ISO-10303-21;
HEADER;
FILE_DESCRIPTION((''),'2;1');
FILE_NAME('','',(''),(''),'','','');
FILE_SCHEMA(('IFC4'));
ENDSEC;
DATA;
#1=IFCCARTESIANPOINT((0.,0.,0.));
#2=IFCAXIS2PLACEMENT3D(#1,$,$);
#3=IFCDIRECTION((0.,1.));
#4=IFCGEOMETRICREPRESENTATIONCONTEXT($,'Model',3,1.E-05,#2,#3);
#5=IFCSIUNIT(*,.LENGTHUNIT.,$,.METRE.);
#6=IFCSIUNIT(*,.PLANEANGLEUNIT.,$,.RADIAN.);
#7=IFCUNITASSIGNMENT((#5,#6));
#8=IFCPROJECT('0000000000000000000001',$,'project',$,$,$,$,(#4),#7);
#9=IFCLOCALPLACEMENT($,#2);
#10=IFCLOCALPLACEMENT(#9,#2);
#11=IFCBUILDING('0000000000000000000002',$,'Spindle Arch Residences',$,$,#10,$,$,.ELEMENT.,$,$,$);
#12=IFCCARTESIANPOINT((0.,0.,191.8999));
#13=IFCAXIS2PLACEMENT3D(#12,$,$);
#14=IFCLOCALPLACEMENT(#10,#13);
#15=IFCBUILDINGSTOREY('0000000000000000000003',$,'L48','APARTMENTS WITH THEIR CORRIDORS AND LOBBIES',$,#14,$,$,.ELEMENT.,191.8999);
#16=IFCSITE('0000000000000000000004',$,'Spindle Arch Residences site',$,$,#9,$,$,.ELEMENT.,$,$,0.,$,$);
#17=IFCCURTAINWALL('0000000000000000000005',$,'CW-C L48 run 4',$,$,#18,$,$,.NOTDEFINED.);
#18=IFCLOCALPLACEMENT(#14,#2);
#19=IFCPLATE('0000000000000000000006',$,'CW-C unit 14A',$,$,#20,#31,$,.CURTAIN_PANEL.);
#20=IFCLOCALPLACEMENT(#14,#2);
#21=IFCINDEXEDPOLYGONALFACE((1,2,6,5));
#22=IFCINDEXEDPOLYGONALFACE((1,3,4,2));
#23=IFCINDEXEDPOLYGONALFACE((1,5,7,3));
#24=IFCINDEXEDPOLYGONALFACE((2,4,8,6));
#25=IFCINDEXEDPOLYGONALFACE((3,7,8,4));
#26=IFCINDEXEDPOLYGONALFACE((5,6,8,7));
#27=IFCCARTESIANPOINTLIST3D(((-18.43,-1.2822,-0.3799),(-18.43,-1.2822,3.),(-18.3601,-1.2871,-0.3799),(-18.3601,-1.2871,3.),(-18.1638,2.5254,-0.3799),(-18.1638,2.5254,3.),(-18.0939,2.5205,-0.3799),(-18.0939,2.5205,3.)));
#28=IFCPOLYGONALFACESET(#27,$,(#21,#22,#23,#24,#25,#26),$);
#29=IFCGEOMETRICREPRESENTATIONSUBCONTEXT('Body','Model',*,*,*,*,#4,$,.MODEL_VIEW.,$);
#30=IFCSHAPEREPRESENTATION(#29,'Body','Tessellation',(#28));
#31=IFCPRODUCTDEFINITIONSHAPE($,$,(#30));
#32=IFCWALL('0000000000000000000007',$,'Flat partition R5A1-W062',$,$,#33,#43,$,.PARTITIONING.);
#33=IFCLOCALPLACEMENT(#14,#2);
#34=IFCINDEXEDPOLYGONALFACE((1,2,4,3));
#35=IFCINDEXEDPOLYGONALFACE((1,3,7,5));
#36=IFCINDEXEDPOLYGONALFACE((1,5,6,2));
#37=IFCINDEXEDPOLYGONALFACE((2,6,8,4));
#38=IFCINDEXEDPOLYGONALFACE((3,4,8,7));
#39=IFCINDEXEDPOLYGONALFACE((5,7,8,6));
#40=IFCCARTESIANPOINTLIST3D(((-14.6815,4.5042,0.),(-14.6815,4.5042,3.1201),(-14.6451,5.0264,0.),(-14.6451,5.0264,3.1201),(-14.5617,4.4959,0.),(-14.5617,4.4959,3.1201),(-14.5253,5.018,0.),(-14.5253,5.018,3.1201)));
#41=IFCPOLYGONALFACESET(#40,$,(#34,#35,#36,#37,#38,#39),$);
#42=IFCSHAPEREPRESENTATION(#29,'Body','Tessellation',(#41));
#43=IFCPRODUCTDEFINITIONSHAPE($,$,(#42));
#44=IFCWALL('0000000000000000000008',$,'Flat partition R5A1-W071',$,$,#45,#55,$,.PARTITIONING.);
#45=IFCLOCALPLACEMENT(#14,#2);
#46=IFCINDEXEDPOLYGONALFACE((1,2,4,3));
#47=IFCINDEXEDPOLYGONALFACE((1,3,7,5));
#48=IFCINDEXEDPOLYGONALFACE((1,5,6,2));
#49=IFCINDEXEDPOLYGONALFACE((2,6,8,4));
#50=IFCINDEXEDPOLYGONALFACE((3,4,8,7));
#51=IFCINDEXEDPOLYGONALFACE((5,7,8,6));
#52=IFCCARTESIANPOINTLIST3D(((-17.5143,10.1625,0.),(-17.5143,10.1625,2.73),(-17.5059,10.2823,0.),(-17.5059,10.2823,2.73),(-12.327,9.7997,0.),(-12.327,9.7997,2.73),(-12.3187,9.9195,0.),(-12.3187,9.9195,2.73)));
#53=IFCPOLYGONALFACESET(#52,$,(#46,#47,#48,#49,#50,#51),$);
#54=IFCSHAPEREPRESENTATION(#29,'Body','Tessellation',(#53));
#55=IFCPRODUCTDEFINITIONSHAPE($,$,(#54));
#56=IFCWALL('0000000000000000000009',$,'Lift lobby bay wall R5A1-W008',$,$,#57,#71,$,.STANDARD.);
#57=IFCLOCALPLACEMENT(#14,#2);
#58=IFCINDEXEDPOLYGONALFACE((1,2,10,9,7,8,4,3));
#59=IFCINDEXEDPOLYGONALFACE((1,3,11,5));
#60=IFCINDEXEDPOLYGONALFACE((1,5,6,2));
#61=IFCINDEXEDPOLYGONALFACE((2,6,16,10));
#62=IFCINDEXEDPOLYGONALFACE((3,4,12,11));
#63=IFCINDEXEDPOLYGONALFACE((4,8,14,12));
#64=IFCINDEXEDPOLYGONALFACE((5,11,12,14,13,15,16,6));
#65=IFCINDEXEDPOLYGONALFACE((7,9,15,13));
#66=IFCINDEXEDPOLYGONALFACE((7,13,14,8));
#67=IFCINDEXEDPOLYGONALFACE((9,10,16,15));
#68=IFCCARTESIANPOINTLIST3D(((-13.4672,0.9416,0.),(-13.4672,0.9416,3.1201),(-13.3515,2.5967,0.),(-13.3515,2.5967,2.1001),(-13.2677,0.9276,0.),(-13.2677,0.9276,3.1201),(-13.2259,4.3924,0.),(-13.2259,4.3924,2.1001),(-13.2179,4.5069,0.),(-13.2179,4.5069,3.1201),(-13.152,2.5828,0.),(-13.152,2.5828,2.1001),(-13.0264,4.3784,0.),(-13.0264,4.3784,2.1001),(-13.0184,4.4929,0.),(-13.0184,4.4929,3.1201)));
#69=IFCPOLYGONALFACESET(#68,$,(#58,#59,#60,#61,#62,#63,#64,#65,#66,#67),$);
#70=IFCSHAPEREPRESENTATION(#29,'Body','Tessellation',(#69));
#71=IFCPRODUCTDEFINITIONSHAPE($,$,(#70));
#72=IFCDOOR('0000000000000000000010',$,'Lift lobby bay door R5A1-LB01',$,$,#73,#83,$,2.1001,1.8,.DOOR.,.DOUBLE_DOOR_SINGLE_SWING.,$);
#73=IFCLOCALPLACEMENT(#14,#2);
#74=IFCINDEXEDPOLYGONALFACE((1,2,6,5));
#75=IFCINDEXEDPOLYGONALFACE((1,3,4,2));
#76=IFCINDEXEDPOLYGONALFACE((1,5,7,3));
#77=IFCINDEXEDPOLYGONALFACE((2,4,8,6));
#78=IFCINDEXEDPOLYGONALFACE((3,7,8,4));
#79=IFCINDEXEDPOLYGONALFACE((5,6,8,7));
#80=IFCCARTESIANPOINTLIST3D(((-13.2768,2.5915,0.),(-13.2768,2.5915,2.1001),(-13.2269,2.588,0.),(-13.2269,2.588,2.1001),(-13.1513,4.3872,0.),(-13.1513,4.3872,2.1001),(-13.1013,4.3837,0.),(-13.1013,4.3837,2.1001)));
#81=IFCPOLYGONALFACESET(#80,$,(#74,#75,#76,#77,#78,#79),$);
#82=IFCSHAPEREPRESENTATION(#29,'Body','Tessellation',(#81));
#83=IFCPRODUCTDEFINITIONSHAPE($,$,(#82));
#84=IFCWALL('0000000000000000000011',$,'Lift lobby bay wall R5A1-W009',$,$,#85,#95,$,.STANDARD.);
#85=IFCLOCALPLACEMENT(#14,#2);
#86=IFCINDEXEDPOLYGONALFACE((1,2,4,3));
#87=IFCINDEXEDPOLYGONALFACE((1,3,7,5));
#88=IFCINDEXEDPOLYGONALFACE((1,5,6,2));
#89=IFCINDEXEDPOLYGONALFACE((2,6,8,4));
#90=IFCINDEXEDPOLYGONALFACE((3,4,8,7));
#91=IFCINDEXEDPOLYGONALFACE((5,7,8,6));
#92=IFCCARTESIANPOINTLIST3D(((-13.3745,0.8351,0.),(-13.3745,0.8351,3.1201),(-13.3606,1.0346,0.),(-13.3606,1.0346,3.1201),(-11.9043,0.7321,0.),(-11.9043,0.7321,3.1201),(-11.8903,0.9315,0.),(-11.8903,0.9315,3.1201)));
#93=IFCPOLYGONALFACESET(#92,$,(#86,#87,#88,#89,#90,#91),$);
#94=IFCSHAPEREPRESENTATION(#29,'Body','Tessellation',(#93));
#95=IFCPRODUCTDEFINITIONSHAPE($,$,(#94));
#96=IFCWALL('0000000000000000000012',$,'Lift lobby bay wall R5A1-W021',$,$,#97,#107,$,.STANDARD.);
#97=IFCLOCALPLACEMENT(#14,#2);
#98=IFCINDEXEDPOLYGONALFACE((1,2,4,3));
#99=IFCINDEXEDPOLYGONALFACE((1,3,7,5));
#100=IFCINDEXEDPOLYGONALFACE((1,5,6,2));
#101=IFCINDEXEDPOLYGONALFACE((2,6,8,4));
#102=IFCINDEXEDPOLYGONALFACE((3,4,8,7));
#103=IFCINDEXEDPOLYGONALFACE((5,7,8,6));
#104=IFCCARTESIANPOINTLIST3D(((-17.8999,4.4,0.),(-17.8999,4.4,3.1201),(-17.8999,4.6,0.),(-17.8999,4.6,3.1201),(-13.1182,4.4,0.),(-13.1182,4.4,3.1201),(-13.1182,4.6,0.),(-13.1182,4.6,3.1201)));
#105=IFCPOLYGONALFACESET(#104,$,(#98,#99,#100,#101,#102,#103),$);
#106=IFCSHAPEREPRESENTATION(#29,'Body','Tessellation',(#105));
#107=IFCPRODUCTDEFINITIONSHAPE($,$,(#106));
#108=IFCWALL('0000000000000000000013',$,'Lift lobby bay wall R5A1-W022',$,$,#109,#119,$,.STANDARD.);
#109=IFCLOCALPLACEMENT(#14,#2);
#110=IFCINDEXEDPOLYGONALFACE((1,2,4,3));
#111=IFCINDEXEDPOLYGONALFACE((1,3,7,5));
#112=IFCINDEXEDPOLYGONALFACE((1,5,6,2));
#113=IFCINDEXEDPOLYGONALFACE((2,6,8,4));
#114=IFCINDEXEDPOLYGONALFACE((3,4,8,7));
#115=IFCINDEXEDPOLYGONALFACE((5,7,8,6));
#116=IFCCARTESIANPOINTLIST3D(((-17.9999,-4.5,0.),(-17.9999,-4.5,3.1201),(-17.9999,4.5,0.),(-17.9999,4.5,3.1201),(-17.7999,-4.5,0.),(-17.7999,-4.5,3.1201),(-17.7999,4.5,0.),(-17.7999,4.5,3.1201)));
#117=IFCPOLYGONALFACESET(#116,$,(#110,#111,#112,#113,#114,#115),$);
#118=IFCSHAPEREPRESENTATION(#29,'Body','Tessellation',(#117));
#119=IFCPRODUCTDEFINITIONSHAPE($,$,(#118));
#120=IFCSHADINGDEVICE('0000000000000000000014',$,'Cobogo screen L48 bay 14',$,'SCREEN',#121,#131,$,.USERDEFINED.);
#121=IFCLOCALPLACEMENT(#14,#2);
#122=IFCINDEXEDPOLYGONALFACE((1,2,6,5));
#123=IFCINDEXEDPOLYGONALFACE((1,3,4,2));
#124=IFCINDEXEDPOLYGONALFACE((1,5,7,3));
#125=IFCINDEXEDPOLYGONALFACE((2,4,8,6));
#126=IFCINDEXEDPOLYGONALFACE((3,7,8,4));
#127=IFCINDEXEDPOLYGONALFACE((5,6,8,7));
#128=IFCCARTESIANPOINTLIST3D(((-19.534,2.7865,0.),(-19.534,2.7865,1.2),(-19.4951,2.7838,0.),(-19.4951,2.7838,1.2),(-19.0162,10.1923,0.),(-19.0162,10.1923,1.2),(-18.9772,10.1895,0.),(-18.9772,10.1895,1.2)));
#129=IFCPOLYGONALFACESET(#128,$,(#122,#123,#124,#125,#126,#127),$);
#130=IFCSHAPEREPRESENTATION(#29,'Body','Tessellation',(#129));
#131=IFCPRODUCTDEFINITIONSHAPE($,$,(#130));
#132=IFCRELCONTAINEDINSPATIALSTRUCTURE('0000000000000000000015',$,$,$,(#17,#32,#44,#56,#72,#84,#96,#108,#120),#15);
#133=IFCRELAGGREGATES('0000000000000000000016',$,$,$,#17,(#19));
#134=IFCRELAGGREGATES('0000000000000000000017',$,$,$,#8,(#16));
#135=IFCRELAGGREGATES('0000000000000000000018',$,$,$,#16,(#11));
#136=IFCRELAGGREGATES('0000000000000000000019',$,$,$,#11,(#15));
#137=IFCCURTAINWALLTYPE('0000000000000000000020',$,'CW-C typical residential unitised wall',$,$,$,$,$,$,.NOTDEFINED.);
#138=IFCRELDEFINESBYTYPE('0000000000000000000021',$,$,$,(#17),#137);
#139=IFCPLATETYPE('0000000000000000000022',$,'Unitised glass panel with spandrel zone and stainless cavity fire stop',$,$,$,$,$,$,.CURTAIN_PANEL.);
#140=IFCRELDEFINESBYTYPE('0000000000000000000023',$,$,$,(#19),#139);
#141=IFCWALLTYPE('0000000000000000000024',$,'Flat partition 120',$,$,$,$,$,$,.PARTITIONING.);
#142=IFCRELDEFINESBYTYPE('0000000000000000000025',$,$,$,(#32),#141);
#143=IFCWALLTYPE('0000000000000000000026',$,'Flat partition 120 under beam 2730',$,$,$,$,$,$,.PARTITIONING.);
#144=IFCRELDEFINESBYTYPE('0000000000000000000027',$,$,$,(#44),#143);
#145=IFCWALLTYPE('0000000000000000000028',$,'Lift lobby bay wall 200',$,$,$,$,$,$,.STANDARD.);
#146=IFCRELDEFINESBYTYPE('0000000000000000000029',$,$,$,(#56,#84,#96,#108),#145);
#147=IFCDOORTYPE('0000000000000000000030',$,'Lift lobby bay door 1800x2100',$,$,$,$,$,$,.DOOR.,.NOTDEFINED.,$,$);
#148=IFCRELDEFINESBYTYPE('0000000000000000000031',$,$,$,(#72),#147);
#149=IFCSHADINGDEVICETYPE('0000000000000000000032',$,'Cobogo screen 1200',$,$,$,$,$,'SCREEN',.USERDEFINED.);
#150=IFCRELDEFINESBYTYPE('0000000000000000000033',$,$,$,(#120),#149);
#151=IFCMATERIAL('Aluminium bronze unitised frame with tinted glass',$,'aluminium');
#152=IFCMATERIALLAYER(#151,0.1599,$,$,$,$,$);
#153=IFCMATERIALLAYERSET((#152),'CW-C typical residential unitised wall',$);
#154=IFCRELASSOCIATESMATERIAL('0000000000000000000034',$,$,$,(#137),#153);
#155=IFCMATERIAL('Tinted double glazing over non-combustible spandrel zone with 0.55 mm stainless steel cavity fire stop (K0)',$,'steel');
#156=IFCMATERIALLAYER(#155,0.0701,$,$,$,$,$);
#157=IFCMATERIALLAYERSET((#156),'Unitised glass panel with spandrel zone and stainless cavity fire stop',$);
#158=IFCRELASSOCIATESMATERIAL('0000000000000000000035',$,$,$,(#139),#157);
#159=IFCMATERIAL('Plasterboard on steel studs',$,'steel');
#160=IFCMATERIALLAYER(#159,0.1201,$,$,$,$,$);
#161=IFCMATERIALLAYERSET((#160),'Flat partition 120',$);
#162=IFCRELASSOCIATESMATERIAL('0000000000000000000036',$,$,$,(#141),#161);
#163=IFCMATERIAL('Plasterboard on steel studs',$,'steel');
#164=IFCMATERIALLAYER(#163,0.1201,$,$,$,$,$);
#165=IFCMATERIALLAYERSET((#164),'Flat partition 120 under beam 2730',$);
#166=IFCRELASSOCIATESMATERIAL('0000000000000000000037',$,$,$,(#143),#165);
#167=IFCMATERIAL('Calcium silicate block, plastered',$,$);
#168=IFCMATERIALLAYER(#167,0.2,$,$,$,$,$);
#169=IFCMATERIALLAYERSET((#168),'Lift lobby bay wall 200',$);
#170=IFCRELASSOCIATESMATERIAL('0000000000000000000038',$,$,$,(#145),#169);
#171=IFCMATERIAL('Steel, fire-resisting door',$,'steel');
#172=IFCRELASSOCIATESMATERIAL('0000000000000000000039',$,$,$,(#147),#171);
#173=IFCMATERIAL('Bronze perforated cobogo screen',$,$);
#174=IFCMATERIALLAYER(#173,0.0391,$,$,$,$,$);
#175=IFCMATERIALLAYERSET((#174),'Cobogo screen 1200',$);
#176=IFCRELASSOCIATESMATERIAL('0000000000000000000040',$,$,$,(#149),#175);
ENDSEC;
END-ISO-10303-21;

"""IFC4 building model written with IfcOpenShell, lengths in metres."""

from ifc_helpers import new_model, si_unit, direction, frame, frame_2d, origin, origin_2d, place, context, subcontext, project, spatial, rectangle, extrude, material, layer, layer_set, type_object, element, fill, aggregate, save


model = new_model("IFC4")

# Units and contexts
model_context = context("Model", 3, precision=1e-05, world=origin(), true_north=direction((0.0, 1.0)))
body_context = subcontext(model_context, "Body", "Model", "MODEL_VIEW")
ifc_project = project(units=[si_unit("LENGTHUNIT", "METRE"), si_unit("PLANEANGLEUNIT", "RADIAN")], contexts=[model_context])

# Site, building, storey
site_placement = place(None, origin())
site = spatial("IfcSite", under=ifc_project, at=site_placement, Name="Spindle Arch Residences site", CompositionType="ELEMENT", RefElevation=0.0)
building_placement = place(site_placement, origin())
building = spatial("IfcBuilding", under=site, at=building_placement, Name="Spindle Arch Residences", CompositionType="ELEMENT")
storey_placement = place(building_placement, frame((0.0, 0.0, 191.8999)))
storey = spatial("IfcBuildingStorey", under=building, at=storey_placement, Name="L48", Description="APARTMENTS WITH THEIR CORRIDORS AND LOBBIES", CompositionType="ELEMENT", Elevation=191.8999)

# Curtain wall
ifc_material_1 = material(Name="Aluminium bronze unitised frame with tinted glass", Category="aluminium")
ifc_layer_1 = layer(ifc_material_1, 0.1599)
ifc_layer_set_1 = layer_set([ifc_layer_1], Name="CW-C typical residential unitised wall")
curtain_wall_type = type_object("IfcCurtainWallType", Name="CW-C typical residential unitised wall", PredefinedType="NOTDEFINED", material=ifc_layer_set_1)
curtain_wall_placement = place(storey_placement, origin())
curtain_wall = element("IfcCurtainWall", 1, at=curtain_wall_placement, inside=storey, type_object=curtain_wall_type, Name="CW-C L48 run 4", PredefinedType="NOTDEFINED")

# Plate
ifc_material_2 = material(Name="Tinted double glazing over non-combustible spandrel zone with 0.55 mm stainless steel cavity fire stop (K0)", Category="steel")
ifc_layer_2 = layer(ifc_material_2, 0.0701)
ifc_layer_set_2 = layer_set([ifc_layer_2], Name="Unitised glass panel with spandrel zone and stainless cavity fire stop")
plate_type = type_object("IfcPlateType", Name="Unitised glass panel with spandrel zone and stainless cavity fire stop", PredefinedType="CURTAIN_PANEL", material=ifc_layer_set_2)
plate_1_placement = place(storey_placement, frame((-18.262, 0.6191, -0.3799), z_axis=(0.0, 0.0, 1.0), x_axis=(-0.069756, -0.997564, 0.0)))
plate_1 = element("IfcPlate", 2, at=plate_1_placement, type_object=plate_type, Name="CW-C unit 14A", PredefinedType="CURTAIN_PANEL", context=body_context, shape_type="SweptSolid", body=[
    extrude(rectangle(XDim=3.8169, YDim=0.0701, at=origin_2d()), origin(), (0.0, 0.0, 1.0), 3.3799),
])
aggregate(curtain_wall, [plate_1])

# Walls
ifc_material_3 = material(Name="Plasterboard on steel studs", Category="steel")
ifc_layer_3 = layer(ifc_material_3, 0.1201)
ifc_layer_set_3 = layer_set([ifc_layer_3], Name="Flat partition 120")
wall_type_1 = type_object("IfcWallType", Name="Flat partition 120", PredefinedType="PARTITIONING", material=ifc_layer_set_3)
wall_1_placement = place(storey_placement, frame((-14.5852, 5.0222, 0.0), z_axis=(0.0, 0.0, 1.0), x_axis=(-0.06949, -0.997583, 0.0)))
element("IfcWall", 3, at=wall_1_placement, inside=storey, type_object=wall_type_1, Name="Flat partition R5A1-W062", PredefinedType="PARTITIONING", context=body_context, shape_type="SweptSolid", body=[
    extrude(rectangle(XDim=0.5234, YDim=0.1201, at=frame_2d((0.2617, 0.0))), origin(), (0.0, 0.0, 1.0), 3.1201),
])
ifc_material_4 = material(Name="Plasterboard on steel studs", Category="steel")
ifc_layer_4 = layer(ifc_material_4, 0.1201)
ifc_layer_set_4 = layer_set([ifc_layer_4], Name="Flat partition 120 under beam 2730")
wall_type_2 = type_object("IfcWallType", Name="Flat partition 120 under beam 2730", PredefinedType="PARTITIONING", material=ifc_layer_set_4)
wall_2_placement = place(storey_placement, frame((-17.5103, 10.2224, 0.0), z_axis=(0.0, 0.0, 1.0), x_axis=(0.997563, -0.069769, 0.0)))
element("IfcWall", 4, at=wall_2_placement, inside=storey, type_object=wall_type_2, Name="Flat partition R5A1-W071", PredefinedType="PARTITIONING", context=body_context, shape_type="SweptSolid", body=[
    extrude(rectangle(XDim=5.2, YDim=0.1201, at=frame_2d((2.6001, 0.0))), origin(), (0.0, 0.0, 1.0), 2.73),
])

# Wall, opening, door
ifc_material_5 = material(Name="Calcium silicate block, plastered")
ifc_layer_5 = layer(ifc_material_5, 0.2)
ifc_layer_set_5 = layer_set([ifc_layer_5], Name="Lift lobby bay wall 200")
wall_type_3 = type_object("IfcWallType", Name="Lift lobby bay wall 200", PredefinedType="STANDARD", material=ifc_layer_set_5)
wall_3_placement = place(storey_placement, frame((-13.1182, 4.5, 0.0), z_axis=(0.0, 0.0, 1.0), x_axis=(-0.069747, -0.997565, 0.0)))
wall_3 = element("IfcWall", 5, at=wall_3_placement, inside=storey, type_object=wall_type_3, Name="Lift lobby bay wall R5A1-W008", PredefinedType="STANDARD", context=body_context, shape_type="SweptSolid", body=[
    extrude(rectangle(XDim=3.574, YDim=0.2, at=frame_2d((1.7871, 0.0))), origin(), (0.0, 0.0, 1.0), 3.1201),
])
opening_1_placement = place(wall_3_placement, frame((0.115, 0.0, 0.0)))
opening_1 = element("IfcOpeningElement", 6, at=opening_1_placement, cuts=wall_3, PredefinedType="OPENING", context=body_context, shape_type="SweptSolid", body=[
    extrude(rectangle(XDim=1.8, YDim=2.1001, at=frame_2d((0.8999, 1.05))), frame((0.0, 0.1099, 0.0), z_axis=(0.0, -1.0, 0.0), x_axis=(1.0, 0.0, 0.0)), (0.0, 0.0, 1.0), 0.22),
])
ifc_material_6 = material(Name="Steel, fire-resisting door", Category="steel")
door_type_1 = type_object("IfcDoorType", Name="Lift lobby bay door 1800x2100", OperationType="NOTDEFINED", PredefinedType="DOOR", material=ifc_material_6)
door_1_placement = place(opening_1_placement, origin())
door_1 = element("IfcDoor", 7, at=door_1_placement, inside=storey, type_object=door_type_1, Name="Lift lobby bay door R5A1-LB01", OperationType="DOUBLE_DOOR_SINGLE_SWING", OverallHeight=2.1001, OverallWidth=1.8, PredefinedType="DOOR", context=body_context, shape_type="SweptSolid", body=[
    extrude(rectangle(XDim=1.8, YDim=2.1001, at=frame_2d((0.8999, 1.05))), frame((0.0, 0.0249, 0.0), z_axis=(0.0, -1.0, 0.0), x_axis=(1.0, 0.0, 0.0)), (0.0, 0.0, 1.0), 0.05),
])
fill(opening_1, door_1)

# Walls
wall_4_placement = place(storey_placement, frame((-13.3674, 0.9348, 0.0), z_axis=(0.0, 0.0, 1.0), x_axis=(0.997554, -0.069905, 0.0)))
element("IfcWall", 8, at=wall_4_placement, inside=storey, type_object=wall_type_3, Name="Lift lobby bay wall R5A1-W009", PredefinedType="STANDARD", context=body_context, shape_type="SweptSolid", body=[
    extrude(rectangle(XDim=1.4739, YDim=0.2, at=frame_2d((0.7368, 0.0))), origin(), (0.0, 0.0, 1.0), 3.1201),
])
wall_5_placement = place(storey_placement, frame((-13.1182, 4.5, 0.0), z_axis=(0.0, 0.0, 1.0), x_axis=(-1.0, 0.0, 0.0)))
element("IfcWall", 9, at=wall_5_placement, inside=storey, type_object=wall_type_3, Name="Lift lobby bay wall R5A1-W021", PredefinedType="STANDARD", context=body_context, shape_type="SweptSolid", body=[
    extrude(rectangle(XDim=4.7817, YDim=0.2, at=frame_2d((2.3909, 0.0))), origin(), (0.0, 0.0, 1.0), 3.1201),
])
wall_6_placement = place(storey_placement, frame((-17.8999, 4.5, 0.0), z_axis=(0.0, 0.0, 1.0), x_axis=(0.0, -1.0, 0.0)))
element("IfcWall", 10, at=wall_6_placement, inside=storey, type_object=wall_type_3, Name="Lift lobby bay wall R5A1-W022", PredefinedType="STANDARD", context=body_context, shape_type="SweptSolid", body=[
    extrude(rectangle(XDim=9.0, YDim=0.2, at=frame_2d((4.5, 0.0))), origin(), (0.0, 0.0, 1.0), 3.1201),
])

# Shading device
ifc_material_7 = material(Name="Bronze perforated cobogo screen")
ifc_layer_6 = layer(ifc_material_7, 0.0391)
ifc_layer_set_6 = layer_set([ifc_layer_6], Name="Cobogo screen 1200")
shading_device_type = type_object("IfcShadingDeviceType", Name="Cobogo screen 1200", ElementType="SCREEN", PredefinedType="USERDEFINED", material=ifc_layer_set_6)
shading_device_placement = place(storey_placement, frame((-19.2556, 6.488, 0.0), z_axis=(0.0, 0.0, 1.0), x_axis=(-0.069756, -0.997564, 0.0)))
element("IfcShadingDevice", 11, at=shading_device_placement, inside=storey, type_object=shading_device_type, Name="Cobogo screen L48 bay 14", ObjectType="SCREEN", PredefinedType="USERDEFINED", context=body_context, shape_type="SweptSolid", body=[
    extrude(rectangle(XDim=7.4238, YDim=0.0391, at=origin_2d()), origin(), (0.0, 0.0, 1.0), 1.2),
])

save(model, "model.ifc")
